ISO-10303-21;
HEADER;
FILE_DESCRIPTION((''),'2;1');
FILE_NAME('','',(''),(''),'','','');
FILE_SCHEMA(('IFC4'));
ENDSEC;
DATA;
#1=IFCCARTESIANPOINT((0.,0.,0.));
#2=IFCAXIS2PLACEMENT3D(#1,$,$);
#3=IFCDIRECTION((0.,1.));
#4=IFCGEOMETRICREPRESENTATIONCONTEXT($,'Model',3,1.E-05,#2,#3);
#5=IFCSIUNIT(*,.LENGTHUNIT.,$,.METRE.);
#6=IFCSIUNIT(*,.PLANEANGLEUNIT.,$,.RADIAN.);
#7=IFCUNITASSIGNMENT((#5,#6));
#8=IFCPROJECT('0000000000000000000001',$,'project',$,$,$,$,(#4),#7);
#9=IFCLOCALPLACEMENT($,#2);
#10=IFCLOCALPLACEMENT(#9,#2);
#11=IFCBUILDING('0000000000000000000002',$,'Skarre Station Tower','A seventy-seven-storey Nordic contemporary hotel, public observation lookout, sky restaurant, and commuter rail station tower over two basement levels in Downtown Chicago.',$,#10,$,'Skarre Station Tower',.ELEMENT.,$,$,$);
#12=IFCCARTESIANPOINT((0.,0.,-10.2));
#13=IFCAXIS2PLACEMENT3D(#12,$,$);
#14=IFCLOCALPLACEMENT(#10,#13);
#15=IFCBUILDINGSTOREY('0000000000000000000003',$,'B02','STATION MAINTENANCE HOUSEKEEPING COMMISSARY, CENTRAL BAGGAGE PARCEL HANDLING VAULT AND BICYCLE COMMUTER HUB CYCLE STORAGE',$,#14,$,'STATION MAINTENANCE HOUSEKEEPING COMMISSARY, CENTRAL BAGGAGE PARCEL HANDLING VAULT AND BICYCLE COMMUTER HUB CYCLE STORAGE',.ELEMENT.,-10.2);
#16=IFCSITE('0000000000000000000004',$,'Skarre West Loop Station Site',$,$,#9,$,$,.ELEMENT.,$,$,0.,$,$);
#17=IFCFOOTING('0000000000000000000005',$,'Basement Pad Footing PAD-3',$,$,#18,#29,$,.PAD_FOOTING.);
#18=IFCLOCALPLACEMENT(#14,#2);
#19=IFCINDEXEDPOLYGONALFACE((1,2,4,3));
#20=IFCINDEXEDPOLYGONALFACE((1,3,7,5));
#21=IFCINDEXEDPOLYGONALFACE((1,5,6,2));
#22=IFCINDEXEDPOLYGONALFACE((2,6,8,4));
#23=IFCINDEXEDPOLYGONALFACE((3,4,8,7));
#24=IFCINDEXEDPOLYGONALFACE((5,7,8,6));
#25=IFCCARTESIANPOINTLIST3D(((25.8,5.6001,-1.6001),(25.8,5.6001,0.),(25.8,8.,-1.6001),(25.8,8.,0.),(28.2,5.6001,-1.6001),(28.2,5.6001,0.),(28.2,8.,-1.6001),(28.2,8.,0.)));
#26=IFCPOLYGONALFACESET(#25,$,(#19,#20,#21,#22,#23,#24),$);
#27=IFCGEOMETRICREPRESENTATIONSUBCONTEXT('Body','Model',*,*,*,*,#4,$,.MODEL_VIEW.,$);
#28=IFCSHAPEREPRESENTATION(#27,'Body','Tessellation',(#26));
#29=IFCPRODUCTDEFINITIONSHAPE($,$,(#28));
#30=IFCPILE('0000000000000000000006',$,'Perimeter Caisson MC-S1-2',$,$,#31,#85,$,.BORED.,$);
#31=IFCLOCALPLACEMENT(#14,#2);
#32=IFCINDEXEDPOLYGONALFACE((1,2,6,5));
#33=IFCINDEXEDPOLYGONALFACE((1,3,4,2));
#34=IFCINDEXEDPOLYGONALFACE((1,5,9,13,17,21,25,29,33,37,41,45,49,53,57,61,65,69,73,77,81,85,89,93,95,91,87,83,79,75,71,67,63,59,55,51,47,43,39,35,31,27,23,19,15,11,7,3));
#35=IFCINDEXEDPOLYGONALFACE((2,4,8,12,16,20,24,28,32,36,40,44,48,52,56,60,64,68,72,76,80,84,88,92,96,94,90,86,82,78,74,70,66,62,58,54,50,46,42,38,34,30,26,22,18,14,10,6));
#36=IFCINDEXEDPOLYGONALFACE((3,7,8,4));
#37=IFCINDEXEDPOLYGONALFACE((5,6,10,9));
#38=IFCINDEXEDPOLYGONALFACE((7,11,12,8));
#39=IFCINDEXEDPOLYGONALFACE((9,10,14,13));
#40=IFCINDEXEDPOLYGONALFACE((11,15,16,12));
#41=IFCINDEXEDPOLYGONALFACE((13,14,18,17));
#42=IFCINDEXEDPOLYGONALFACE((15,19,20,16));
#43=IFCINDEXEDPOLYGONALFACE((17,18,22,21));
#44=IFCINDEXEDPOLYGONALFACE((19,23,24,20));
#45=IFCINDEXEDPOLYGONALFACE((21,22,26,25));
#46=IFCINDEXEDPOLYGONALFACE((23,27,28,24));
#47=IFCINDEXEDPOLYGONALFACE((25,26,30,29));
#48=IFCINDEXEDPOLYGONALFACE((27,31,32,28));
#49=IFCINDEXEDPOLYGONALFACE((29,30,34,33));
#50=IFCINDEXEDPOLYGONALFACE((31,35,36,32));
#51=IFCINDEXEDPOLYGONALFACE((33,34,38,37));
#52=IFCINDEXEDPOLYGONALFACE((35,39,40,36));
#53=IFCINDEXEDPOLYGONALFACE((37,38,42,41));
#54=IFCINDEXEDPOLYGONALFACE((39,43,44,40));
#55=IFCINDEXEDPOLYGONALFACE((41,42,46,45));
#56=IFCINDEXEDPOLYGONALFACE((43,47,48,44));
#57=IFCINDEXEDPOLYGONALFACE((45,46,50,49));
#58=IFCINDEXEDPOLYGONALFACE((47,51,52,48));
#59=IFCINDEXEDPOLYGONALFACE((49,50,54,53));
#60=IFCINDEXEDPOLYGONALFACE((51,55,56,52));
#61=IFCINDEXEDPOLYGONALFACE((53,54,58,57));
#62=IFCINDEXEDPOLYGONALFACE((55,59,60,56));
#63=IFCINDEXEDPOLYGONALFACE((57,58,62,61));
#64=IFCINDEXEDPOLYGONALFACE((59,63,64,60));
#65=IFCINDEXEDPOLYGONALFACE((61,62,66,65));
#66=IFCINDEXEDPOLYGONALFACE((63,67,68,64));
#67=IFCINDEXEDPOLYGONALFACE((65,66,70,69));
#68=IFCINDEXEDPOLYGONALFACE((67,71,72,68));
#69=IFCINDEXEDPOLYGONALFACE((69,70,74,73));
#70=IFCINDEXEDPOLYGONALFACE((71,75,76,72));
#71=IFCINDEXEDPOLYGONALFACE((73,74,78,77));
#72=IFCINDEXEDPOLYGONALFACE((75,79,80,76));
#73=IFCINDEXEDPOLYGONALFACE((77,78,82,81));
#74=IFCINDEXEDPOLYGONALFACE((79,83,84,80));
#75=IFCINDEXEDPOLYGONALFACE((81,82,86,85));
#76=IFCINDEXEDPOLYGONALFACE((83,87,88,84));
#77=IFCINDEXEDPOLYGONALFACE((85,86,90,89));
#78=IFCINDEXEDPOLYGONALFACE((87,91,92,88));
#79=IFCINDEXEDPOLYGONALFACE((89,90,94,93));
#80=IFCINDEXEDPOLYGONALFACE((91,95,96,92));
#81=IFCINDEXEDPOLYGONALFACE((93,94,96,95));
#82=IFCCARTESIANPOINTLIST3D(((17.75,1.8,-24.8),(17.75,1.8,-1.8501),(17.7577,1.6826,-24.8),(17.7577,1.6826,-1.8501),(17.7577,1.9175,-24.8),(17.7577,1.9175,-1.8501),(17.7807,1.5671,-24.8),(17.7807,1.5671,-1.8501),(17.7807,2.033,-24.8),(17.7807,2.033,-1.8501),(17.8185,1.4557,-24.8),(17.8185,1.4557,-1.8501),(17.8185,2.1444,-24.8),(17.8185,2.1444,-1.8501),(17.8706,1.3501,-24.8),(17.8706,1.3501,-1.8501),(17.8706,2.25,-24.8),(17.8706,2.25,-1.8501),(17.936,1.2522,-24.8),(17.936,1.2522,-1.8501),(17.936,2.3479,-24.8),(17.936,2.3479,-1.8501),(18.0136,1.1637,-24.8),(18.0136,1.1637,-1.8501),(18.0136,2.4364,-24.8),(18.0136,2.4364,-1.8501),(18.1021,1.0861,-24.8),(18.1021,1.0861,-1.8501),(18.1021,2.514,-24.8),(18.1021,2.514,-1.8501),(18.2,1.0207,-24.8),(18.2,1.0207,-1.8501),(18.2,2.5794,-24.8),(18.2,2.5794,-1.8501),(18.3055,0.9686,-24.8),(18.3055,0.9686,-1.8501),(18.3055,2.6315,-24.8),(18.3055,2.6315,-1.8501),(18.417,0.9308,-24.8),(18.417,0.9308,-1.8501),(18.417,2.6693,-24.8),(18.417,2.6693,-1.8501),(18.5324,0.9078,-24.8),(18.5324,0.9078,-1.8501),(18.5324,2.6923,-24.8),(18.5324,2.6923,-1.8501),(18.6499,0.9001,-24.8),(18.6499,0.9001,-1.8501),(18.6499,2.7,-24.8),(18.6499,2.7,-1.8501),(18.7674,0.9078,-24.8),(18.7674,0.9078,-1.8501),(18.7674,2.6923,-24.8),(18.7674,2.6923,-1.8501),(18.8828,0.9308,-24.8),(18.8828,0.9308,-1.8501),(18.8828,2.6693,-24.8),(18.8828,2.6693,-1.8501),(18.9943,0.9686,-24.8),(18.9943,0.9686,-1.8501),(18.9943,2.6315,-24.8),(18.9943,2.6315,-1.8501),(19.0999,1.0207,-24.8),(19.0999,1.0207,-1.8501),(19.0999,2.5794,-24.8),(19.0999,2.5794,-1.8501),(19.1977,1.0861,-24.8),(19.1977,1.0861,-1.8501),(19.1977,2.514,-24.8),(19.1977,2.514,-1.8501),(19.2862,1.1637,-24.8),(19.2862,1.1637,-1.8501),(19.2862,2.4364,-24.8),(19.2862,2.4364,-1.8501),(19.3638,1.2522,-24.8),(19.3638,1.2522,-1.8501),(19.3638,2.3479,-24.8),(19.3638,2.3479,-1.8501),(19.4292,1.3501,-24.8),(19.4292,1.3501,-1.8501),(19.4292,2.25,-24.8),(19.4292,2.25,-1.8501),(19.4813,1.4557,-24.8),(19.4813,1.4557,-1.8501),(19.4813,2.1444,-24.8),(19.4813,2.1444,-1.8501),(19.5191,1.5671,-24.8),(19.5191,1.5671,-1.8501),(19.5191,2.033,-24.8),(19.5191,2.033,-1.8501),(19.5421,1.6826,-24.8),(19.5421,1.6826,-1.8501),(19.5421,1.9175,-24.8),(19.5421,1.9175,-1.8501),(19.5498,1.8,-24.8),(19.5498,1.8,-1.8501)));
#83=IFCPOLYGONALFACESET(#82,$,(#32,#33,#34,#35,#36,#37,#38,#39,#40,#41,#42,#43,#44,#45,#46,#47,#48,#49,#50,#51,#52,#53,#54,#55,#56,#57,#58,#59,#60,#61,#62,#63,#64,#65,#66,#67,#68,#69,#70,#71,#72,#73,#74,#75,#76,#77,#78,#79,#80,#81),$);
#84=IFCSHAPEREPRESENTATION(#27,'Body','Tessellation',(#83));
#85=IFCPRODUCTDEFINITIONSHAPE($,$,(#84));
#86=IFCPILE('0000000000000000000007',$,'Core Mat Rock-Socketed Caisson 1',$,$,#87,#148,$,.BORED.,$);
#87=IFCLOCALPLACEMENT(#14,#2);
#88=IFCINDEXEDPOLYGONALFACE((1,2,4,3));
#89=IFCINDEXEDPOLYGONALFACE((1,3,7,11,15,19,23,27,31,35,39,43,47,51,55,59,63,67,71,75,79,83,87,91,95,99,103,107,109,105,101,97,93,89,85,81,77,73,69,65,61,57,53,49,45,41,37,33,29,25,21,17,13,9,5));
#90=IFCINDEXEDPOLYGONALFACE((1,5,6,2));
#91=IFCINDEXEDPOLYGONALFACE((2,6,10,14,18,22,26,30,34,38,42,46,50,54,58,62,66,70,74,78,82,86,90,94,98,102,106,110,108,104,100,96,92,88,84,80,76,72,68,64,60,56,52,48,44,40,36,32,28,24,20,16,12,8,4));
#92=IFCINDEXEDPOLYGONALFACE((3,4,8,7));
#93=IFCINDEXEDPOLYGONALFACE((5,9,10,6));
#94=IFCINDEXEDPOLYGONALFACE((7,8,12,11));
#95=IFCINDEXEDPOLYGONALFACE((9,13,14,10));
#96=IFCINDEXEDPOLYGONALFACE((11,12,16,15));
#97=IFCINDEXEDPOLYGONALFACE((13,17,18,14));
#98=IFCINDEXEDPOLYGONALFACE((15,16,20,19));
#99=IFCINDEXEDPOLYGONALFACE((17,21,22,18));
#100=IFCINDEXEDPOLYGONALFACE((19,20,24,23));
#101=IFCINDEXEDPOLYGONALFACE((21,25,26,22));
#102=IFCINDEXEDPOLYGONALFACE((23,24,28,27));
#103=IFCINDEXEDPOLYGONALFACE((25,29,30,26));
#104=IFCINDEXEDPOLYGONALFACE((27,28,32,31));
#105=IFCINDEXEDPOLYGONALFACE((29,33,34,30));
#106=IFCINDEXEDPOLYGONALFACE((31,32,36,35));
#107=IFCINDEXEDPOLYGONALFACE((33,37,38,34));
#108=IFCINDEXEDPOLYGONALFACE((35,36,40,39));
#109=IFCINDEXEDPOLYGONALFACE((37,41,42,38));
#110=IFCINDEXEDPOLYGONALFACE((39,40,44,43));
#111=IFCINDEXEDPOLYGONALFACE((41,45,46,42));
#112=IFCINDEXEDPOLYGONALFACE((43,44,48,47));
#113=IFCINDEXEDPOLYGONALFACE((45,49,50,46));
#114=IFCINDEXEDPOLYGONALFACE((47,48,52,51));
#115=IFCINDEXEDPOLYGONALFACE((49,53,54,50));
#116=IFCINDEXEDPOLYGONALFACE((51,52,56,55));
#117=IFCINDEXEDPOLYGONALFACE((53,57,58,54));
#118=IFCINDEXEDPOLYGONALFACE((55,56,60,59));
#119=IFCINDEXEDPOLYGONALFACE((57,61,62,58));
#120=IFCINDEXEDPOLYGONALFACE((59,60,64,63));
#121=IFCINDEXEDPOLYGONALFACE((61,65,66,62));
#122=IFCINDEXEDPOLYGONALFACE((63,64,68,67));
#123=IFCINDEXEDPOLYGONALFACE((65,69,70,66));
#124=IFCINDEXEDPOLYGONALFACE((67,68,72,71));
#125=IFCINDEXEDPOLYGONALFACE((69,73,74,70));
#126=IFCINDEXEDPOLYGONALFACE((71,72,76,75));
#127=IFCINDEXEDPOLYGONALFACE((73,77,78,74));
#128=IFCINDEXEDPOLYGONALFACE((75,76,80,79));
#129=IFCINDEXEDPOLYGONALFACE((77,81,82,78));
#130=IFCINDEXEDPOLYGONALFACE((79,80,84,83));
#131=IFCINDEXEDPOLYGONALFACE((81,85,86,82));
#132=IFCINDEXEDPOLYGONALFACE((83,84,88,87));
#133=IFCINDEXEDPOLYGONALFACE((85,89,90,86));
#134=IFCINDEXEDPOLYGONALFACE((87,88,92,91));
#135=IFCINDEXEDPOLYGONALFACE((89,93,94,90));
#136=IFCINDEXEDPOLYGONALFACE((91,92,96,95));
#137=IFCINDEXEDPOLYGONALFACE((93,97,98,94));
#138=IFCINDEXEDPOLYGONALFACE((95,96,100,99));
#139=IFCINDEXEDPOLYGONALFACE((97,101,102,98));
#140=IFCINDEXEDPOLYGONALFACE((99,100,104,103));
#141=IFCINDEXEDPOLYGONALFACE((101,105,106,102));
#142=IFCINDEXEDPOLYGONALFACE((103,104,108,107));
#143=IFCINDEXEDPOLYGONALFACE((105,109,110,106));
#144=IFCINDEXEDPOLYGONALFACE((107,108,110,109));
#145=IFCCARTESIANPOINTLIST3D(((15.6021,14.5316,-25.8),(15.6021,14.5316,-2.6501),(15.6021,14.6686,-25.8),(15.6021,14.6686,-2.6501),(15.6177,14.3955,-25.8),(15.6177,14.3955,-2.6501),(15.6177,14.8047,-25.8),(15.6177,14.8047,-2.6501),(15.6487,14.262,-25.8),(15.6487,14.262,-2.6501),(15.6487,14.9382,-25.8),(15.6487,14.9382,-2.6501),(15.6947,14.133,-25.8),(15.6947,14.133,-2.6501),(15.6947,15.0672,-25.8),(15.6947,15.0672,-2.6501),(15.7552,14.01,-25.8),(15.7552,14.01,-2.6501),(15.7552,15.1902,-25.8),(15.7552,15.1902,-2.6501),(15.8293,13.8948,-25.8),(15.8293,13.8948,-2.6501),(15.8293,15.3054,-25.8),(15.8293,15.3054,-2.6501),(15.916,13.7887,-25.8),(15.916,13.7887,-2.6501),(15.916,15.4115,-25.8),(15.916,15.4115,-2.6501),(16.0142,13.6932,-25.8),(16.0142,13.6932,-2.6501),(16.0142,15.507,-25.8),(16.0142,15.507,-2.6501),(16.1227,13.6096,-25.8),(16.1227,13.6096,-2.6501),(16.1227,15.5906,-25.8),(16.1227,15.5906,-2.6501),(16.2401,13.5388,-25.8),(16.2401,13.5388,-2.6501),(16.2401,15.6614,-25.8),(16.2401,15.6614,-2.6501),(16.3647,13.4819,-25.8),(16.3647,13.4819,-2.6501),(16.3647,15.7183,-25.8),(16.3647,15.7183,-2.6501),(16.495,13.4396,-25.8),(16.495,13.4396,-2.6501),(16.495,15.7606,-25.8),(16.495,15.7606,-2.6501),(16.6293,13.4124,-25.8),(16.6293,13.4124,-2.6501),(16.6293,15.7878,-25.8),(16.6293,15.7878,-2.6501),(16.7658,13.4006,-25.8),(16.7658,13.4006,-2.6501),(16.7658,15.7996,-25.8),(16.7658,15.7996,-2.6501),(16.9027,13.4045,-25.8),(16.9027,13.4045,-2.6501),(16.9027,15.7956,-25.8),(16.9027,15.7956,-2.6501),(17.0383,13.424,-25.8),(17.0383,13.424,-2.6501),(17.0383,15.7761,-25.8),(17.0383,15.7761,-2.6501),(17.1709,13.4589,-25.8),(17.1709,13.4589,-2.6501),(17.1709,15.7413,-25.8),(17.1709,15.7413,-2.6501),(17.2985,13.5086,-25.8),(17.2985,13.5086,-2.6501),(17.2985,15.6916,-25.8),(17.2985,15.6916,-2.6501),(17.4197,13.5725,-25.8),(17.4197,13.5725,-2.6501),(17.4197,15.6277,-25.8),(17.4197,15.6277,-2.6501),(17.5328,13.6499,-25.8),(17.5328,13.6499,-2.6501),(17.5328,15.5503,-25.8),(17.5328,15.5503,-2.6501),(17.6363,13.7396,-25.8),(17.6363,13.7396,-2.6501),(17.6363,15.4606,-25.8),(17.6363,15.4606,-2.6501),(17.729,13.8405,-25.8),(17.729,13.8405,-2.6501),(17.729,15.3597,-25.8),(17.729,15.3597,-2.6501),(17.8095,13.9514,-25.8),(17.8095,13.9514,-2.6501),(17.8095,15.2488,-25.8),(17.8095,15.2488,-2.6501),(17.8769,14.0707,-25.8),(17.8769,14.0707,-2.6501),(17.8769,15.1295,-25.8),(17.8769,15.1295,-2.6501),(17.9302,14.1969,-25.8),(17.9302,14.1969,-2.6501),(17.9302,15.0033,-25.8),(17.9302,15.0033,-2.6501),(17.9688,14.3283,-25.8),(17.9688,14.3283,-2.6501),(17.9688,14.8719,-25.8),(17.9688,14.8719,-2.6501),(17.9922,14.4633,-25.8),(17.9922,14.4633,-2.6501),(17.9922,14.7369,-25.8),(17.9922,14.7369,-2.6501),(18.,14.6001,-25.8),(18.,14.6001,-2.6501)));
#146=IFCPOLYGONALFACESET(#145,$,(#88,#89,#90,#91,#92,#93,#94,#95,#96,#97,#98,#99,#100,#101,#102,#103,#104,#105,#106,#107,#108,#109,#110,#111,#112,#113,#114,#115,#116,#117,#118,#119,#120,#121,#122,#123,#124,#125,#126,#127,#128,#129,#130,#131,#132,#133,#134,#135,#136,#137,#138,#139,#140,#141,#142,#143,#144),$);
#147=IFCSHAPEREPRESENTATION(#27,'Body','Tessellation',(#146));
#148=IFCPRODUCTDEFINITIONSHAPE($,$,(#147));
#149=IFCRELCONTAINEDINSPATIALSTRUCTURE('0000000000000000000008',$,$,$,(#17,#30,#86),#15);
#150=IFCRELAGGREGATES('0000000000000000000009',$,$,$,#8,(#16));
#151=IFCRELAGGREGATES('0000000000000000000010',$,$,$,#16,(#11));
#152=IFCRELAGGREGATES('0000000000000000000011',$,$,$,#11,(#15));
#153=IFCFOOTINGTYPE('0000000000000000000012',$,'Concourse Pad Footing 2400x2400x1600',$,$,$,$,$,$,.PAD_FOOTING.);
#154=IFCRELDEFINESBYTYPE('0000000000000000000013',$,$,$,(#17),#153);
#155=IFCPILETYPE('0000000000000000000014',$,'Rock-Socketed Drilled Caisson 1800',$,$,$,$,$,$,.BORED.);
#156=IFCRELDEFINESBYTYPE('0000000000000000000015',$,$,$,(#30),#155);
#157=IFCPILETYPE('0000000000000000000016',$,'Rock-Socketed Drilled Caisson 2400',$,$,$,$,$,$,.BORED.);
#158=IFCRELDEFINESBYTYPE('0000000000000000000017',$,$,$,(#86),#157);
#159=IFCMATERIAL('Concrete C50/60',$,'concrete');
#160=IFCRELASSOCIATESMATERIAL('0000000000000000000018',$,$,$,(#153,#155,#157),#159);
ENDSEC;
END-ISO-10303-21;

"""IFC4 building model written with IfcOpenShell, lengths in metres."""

from ifc_helpers import new_model, si_unit, direction, frame, origin, origin_2d, place, context, subcontext, project, spatial, rectangle, circle, extrude, material, material_profile, profile_set, type_object, element, save


model = new_model("IFC4")

# Units and contexts
model_context = context("Model", 3, precision=1e-05, world=origin(), true_north=direction((0.0, 1.0)))
body_context = subcontext(model_context, "Body", "Model", "MODEL_VIEW")
ifc_project = project(units=[si_unit("LENGTHUNIT", "METRE"), si_unit("PLANEANGLEUNIT", "RADIAN")], contexts=[model_context])

# Site, building, storey
site_placement = place(None, origin())
site = spatial("IfcSite", under=ifc_project, at=site_placement, Name="Skarre West Loop Station Site", CompositionType="ELEMENT", RefElevation=0.0)
building_placement = place(site_placement, origin())
building = spatial("IfcBuilding", under=site, at=building_placement, Name="Skarre Station Tower", Description="A seventy-seven-storey Nordic contemporary hotel, public observation lookout, sky restaurant, and commuter rail station tower over two basement levels in Downtown Chicago.", LongName="Skarre Station Tower", CompositionType="ELEMENT")
storey_placement = place(building_placement, frame((0.0, 0.0, -10.2)))
storey = spatial("IfcBuildingStorey", under=building, at=storey_placement, Name="B02", Description="STATION MAINTENANCE HOUSEKEEPING COMMISSARY, CENTRAL BAGGAGE PARCEL HANDLING VAULT AND BICYCLE COMMUTER HUB CYCLE STORAGE", LongName="STATION MAINTENANCE HOUSEKEEPING COMMISSARY, CENTRAL BAGGAGE PARCEL HANDLING VAULT AND BICYCLE COMMUTER HUB CYCLE STORAGE", CompositionType="ELEMENT", Elevation=-10.2)

# Footing
ifc_material_1 = material(Name="Concrete C50/60", Category="concrete")
footing_type = type_object("IfcFootingType", Name="Concourse Pad Footing 2400x2400x1600", PredefinedType="PAD_FOOTING", material=ifc_material_1)
footing_placement = place(storey_placement, frame((27.0, 6.8, -1.6001), z_axis=(0.0, 0.0, 1.0), x_axis=(1.0, 0.0, 0.0)))
element("IfcFooting", 1, at=footing_placement, inside=storey, type_object=footing_type, Name="Basement Pad Footing PAD-3", PredefinedType="PAD_FOOTING", context=body_context, shape_type="SweptSolid", body=[
    extrude(rectangle(XDim=2.3999, YDim=2.3999, at=origin_2d()), origin(), (0.0, 0.0, 1.0), 1.6001),
])

# Piles
ifc_material_profile_1 = material_profile(ifc_material_1, circle(Radius=0.8999, at=origin_2d()), Name="Concrete C50/60")
ifc_profile_set_1 = profile_set([ifc_material_profile_1], Name="Concrete C50/60")
pile_type_1 = type_object("IfcPileType", Name="Rock-Socketed Drilled Caisson 1800", PredefinedType="BORED", material=ifc_profile_set_1)
pile_placement = place(storey_placement, frame((18.6499, 1.8, -1.8501), z_axis=(0.0, 0.0, -1.0), x_axis=(1.0, 0.0, 0.0)))
element("IfcPile", 2, at=pile_placement, inside=storey, type_object=pile_type_1, Name="Perimeter Caisson MC-S1-2", PredefinedType="BORED", context=body_context, shape_type="SweptSolid", body=[
    extrude(circle(Radius=0.8999, at=origin_2d()), origin(), (0.0, 0.0, 1.0), 22.95),
])
ifc_material_profile_2 = material_profile(ifc_material_1, circle(Radius=1.2, at=origin_2d()), Name="Concrete C50/60")
ifc_profile_set_2 = profile_set([ifc_material_profile_2], Name="Concrete C50/60")
pile_type_2 = type_object("IfcPileType", Name="Rock-Socketed Drilled Caisson 2400", PredefinedType="BORED", material=ifc_profile_set_2)
for number, where, z_axis, x_axis, name in (
    (3, (16.8, 14.6001, -2.6501), (0.0, 0.0, -1.0), (1.0, 0.0, 0.0), "Core Mat Rock-Socketed Caisson 1"),
):
    element("IfcPile", number, at=place(storey_placement, frame(where, z_axis=z_axis, x_axis=x_axis)), inside=storey, type_object=pile_type_2, Name=name, PredefinedType="BORED", context=body_context, shape_type="SweptSolid", body=[
        extrude(circle(Radius=1.2, at=origin_2d()), origin(), (0.0, 0.0, 1.0), 23.1499),
    ])

save(model, "model.ifc")
